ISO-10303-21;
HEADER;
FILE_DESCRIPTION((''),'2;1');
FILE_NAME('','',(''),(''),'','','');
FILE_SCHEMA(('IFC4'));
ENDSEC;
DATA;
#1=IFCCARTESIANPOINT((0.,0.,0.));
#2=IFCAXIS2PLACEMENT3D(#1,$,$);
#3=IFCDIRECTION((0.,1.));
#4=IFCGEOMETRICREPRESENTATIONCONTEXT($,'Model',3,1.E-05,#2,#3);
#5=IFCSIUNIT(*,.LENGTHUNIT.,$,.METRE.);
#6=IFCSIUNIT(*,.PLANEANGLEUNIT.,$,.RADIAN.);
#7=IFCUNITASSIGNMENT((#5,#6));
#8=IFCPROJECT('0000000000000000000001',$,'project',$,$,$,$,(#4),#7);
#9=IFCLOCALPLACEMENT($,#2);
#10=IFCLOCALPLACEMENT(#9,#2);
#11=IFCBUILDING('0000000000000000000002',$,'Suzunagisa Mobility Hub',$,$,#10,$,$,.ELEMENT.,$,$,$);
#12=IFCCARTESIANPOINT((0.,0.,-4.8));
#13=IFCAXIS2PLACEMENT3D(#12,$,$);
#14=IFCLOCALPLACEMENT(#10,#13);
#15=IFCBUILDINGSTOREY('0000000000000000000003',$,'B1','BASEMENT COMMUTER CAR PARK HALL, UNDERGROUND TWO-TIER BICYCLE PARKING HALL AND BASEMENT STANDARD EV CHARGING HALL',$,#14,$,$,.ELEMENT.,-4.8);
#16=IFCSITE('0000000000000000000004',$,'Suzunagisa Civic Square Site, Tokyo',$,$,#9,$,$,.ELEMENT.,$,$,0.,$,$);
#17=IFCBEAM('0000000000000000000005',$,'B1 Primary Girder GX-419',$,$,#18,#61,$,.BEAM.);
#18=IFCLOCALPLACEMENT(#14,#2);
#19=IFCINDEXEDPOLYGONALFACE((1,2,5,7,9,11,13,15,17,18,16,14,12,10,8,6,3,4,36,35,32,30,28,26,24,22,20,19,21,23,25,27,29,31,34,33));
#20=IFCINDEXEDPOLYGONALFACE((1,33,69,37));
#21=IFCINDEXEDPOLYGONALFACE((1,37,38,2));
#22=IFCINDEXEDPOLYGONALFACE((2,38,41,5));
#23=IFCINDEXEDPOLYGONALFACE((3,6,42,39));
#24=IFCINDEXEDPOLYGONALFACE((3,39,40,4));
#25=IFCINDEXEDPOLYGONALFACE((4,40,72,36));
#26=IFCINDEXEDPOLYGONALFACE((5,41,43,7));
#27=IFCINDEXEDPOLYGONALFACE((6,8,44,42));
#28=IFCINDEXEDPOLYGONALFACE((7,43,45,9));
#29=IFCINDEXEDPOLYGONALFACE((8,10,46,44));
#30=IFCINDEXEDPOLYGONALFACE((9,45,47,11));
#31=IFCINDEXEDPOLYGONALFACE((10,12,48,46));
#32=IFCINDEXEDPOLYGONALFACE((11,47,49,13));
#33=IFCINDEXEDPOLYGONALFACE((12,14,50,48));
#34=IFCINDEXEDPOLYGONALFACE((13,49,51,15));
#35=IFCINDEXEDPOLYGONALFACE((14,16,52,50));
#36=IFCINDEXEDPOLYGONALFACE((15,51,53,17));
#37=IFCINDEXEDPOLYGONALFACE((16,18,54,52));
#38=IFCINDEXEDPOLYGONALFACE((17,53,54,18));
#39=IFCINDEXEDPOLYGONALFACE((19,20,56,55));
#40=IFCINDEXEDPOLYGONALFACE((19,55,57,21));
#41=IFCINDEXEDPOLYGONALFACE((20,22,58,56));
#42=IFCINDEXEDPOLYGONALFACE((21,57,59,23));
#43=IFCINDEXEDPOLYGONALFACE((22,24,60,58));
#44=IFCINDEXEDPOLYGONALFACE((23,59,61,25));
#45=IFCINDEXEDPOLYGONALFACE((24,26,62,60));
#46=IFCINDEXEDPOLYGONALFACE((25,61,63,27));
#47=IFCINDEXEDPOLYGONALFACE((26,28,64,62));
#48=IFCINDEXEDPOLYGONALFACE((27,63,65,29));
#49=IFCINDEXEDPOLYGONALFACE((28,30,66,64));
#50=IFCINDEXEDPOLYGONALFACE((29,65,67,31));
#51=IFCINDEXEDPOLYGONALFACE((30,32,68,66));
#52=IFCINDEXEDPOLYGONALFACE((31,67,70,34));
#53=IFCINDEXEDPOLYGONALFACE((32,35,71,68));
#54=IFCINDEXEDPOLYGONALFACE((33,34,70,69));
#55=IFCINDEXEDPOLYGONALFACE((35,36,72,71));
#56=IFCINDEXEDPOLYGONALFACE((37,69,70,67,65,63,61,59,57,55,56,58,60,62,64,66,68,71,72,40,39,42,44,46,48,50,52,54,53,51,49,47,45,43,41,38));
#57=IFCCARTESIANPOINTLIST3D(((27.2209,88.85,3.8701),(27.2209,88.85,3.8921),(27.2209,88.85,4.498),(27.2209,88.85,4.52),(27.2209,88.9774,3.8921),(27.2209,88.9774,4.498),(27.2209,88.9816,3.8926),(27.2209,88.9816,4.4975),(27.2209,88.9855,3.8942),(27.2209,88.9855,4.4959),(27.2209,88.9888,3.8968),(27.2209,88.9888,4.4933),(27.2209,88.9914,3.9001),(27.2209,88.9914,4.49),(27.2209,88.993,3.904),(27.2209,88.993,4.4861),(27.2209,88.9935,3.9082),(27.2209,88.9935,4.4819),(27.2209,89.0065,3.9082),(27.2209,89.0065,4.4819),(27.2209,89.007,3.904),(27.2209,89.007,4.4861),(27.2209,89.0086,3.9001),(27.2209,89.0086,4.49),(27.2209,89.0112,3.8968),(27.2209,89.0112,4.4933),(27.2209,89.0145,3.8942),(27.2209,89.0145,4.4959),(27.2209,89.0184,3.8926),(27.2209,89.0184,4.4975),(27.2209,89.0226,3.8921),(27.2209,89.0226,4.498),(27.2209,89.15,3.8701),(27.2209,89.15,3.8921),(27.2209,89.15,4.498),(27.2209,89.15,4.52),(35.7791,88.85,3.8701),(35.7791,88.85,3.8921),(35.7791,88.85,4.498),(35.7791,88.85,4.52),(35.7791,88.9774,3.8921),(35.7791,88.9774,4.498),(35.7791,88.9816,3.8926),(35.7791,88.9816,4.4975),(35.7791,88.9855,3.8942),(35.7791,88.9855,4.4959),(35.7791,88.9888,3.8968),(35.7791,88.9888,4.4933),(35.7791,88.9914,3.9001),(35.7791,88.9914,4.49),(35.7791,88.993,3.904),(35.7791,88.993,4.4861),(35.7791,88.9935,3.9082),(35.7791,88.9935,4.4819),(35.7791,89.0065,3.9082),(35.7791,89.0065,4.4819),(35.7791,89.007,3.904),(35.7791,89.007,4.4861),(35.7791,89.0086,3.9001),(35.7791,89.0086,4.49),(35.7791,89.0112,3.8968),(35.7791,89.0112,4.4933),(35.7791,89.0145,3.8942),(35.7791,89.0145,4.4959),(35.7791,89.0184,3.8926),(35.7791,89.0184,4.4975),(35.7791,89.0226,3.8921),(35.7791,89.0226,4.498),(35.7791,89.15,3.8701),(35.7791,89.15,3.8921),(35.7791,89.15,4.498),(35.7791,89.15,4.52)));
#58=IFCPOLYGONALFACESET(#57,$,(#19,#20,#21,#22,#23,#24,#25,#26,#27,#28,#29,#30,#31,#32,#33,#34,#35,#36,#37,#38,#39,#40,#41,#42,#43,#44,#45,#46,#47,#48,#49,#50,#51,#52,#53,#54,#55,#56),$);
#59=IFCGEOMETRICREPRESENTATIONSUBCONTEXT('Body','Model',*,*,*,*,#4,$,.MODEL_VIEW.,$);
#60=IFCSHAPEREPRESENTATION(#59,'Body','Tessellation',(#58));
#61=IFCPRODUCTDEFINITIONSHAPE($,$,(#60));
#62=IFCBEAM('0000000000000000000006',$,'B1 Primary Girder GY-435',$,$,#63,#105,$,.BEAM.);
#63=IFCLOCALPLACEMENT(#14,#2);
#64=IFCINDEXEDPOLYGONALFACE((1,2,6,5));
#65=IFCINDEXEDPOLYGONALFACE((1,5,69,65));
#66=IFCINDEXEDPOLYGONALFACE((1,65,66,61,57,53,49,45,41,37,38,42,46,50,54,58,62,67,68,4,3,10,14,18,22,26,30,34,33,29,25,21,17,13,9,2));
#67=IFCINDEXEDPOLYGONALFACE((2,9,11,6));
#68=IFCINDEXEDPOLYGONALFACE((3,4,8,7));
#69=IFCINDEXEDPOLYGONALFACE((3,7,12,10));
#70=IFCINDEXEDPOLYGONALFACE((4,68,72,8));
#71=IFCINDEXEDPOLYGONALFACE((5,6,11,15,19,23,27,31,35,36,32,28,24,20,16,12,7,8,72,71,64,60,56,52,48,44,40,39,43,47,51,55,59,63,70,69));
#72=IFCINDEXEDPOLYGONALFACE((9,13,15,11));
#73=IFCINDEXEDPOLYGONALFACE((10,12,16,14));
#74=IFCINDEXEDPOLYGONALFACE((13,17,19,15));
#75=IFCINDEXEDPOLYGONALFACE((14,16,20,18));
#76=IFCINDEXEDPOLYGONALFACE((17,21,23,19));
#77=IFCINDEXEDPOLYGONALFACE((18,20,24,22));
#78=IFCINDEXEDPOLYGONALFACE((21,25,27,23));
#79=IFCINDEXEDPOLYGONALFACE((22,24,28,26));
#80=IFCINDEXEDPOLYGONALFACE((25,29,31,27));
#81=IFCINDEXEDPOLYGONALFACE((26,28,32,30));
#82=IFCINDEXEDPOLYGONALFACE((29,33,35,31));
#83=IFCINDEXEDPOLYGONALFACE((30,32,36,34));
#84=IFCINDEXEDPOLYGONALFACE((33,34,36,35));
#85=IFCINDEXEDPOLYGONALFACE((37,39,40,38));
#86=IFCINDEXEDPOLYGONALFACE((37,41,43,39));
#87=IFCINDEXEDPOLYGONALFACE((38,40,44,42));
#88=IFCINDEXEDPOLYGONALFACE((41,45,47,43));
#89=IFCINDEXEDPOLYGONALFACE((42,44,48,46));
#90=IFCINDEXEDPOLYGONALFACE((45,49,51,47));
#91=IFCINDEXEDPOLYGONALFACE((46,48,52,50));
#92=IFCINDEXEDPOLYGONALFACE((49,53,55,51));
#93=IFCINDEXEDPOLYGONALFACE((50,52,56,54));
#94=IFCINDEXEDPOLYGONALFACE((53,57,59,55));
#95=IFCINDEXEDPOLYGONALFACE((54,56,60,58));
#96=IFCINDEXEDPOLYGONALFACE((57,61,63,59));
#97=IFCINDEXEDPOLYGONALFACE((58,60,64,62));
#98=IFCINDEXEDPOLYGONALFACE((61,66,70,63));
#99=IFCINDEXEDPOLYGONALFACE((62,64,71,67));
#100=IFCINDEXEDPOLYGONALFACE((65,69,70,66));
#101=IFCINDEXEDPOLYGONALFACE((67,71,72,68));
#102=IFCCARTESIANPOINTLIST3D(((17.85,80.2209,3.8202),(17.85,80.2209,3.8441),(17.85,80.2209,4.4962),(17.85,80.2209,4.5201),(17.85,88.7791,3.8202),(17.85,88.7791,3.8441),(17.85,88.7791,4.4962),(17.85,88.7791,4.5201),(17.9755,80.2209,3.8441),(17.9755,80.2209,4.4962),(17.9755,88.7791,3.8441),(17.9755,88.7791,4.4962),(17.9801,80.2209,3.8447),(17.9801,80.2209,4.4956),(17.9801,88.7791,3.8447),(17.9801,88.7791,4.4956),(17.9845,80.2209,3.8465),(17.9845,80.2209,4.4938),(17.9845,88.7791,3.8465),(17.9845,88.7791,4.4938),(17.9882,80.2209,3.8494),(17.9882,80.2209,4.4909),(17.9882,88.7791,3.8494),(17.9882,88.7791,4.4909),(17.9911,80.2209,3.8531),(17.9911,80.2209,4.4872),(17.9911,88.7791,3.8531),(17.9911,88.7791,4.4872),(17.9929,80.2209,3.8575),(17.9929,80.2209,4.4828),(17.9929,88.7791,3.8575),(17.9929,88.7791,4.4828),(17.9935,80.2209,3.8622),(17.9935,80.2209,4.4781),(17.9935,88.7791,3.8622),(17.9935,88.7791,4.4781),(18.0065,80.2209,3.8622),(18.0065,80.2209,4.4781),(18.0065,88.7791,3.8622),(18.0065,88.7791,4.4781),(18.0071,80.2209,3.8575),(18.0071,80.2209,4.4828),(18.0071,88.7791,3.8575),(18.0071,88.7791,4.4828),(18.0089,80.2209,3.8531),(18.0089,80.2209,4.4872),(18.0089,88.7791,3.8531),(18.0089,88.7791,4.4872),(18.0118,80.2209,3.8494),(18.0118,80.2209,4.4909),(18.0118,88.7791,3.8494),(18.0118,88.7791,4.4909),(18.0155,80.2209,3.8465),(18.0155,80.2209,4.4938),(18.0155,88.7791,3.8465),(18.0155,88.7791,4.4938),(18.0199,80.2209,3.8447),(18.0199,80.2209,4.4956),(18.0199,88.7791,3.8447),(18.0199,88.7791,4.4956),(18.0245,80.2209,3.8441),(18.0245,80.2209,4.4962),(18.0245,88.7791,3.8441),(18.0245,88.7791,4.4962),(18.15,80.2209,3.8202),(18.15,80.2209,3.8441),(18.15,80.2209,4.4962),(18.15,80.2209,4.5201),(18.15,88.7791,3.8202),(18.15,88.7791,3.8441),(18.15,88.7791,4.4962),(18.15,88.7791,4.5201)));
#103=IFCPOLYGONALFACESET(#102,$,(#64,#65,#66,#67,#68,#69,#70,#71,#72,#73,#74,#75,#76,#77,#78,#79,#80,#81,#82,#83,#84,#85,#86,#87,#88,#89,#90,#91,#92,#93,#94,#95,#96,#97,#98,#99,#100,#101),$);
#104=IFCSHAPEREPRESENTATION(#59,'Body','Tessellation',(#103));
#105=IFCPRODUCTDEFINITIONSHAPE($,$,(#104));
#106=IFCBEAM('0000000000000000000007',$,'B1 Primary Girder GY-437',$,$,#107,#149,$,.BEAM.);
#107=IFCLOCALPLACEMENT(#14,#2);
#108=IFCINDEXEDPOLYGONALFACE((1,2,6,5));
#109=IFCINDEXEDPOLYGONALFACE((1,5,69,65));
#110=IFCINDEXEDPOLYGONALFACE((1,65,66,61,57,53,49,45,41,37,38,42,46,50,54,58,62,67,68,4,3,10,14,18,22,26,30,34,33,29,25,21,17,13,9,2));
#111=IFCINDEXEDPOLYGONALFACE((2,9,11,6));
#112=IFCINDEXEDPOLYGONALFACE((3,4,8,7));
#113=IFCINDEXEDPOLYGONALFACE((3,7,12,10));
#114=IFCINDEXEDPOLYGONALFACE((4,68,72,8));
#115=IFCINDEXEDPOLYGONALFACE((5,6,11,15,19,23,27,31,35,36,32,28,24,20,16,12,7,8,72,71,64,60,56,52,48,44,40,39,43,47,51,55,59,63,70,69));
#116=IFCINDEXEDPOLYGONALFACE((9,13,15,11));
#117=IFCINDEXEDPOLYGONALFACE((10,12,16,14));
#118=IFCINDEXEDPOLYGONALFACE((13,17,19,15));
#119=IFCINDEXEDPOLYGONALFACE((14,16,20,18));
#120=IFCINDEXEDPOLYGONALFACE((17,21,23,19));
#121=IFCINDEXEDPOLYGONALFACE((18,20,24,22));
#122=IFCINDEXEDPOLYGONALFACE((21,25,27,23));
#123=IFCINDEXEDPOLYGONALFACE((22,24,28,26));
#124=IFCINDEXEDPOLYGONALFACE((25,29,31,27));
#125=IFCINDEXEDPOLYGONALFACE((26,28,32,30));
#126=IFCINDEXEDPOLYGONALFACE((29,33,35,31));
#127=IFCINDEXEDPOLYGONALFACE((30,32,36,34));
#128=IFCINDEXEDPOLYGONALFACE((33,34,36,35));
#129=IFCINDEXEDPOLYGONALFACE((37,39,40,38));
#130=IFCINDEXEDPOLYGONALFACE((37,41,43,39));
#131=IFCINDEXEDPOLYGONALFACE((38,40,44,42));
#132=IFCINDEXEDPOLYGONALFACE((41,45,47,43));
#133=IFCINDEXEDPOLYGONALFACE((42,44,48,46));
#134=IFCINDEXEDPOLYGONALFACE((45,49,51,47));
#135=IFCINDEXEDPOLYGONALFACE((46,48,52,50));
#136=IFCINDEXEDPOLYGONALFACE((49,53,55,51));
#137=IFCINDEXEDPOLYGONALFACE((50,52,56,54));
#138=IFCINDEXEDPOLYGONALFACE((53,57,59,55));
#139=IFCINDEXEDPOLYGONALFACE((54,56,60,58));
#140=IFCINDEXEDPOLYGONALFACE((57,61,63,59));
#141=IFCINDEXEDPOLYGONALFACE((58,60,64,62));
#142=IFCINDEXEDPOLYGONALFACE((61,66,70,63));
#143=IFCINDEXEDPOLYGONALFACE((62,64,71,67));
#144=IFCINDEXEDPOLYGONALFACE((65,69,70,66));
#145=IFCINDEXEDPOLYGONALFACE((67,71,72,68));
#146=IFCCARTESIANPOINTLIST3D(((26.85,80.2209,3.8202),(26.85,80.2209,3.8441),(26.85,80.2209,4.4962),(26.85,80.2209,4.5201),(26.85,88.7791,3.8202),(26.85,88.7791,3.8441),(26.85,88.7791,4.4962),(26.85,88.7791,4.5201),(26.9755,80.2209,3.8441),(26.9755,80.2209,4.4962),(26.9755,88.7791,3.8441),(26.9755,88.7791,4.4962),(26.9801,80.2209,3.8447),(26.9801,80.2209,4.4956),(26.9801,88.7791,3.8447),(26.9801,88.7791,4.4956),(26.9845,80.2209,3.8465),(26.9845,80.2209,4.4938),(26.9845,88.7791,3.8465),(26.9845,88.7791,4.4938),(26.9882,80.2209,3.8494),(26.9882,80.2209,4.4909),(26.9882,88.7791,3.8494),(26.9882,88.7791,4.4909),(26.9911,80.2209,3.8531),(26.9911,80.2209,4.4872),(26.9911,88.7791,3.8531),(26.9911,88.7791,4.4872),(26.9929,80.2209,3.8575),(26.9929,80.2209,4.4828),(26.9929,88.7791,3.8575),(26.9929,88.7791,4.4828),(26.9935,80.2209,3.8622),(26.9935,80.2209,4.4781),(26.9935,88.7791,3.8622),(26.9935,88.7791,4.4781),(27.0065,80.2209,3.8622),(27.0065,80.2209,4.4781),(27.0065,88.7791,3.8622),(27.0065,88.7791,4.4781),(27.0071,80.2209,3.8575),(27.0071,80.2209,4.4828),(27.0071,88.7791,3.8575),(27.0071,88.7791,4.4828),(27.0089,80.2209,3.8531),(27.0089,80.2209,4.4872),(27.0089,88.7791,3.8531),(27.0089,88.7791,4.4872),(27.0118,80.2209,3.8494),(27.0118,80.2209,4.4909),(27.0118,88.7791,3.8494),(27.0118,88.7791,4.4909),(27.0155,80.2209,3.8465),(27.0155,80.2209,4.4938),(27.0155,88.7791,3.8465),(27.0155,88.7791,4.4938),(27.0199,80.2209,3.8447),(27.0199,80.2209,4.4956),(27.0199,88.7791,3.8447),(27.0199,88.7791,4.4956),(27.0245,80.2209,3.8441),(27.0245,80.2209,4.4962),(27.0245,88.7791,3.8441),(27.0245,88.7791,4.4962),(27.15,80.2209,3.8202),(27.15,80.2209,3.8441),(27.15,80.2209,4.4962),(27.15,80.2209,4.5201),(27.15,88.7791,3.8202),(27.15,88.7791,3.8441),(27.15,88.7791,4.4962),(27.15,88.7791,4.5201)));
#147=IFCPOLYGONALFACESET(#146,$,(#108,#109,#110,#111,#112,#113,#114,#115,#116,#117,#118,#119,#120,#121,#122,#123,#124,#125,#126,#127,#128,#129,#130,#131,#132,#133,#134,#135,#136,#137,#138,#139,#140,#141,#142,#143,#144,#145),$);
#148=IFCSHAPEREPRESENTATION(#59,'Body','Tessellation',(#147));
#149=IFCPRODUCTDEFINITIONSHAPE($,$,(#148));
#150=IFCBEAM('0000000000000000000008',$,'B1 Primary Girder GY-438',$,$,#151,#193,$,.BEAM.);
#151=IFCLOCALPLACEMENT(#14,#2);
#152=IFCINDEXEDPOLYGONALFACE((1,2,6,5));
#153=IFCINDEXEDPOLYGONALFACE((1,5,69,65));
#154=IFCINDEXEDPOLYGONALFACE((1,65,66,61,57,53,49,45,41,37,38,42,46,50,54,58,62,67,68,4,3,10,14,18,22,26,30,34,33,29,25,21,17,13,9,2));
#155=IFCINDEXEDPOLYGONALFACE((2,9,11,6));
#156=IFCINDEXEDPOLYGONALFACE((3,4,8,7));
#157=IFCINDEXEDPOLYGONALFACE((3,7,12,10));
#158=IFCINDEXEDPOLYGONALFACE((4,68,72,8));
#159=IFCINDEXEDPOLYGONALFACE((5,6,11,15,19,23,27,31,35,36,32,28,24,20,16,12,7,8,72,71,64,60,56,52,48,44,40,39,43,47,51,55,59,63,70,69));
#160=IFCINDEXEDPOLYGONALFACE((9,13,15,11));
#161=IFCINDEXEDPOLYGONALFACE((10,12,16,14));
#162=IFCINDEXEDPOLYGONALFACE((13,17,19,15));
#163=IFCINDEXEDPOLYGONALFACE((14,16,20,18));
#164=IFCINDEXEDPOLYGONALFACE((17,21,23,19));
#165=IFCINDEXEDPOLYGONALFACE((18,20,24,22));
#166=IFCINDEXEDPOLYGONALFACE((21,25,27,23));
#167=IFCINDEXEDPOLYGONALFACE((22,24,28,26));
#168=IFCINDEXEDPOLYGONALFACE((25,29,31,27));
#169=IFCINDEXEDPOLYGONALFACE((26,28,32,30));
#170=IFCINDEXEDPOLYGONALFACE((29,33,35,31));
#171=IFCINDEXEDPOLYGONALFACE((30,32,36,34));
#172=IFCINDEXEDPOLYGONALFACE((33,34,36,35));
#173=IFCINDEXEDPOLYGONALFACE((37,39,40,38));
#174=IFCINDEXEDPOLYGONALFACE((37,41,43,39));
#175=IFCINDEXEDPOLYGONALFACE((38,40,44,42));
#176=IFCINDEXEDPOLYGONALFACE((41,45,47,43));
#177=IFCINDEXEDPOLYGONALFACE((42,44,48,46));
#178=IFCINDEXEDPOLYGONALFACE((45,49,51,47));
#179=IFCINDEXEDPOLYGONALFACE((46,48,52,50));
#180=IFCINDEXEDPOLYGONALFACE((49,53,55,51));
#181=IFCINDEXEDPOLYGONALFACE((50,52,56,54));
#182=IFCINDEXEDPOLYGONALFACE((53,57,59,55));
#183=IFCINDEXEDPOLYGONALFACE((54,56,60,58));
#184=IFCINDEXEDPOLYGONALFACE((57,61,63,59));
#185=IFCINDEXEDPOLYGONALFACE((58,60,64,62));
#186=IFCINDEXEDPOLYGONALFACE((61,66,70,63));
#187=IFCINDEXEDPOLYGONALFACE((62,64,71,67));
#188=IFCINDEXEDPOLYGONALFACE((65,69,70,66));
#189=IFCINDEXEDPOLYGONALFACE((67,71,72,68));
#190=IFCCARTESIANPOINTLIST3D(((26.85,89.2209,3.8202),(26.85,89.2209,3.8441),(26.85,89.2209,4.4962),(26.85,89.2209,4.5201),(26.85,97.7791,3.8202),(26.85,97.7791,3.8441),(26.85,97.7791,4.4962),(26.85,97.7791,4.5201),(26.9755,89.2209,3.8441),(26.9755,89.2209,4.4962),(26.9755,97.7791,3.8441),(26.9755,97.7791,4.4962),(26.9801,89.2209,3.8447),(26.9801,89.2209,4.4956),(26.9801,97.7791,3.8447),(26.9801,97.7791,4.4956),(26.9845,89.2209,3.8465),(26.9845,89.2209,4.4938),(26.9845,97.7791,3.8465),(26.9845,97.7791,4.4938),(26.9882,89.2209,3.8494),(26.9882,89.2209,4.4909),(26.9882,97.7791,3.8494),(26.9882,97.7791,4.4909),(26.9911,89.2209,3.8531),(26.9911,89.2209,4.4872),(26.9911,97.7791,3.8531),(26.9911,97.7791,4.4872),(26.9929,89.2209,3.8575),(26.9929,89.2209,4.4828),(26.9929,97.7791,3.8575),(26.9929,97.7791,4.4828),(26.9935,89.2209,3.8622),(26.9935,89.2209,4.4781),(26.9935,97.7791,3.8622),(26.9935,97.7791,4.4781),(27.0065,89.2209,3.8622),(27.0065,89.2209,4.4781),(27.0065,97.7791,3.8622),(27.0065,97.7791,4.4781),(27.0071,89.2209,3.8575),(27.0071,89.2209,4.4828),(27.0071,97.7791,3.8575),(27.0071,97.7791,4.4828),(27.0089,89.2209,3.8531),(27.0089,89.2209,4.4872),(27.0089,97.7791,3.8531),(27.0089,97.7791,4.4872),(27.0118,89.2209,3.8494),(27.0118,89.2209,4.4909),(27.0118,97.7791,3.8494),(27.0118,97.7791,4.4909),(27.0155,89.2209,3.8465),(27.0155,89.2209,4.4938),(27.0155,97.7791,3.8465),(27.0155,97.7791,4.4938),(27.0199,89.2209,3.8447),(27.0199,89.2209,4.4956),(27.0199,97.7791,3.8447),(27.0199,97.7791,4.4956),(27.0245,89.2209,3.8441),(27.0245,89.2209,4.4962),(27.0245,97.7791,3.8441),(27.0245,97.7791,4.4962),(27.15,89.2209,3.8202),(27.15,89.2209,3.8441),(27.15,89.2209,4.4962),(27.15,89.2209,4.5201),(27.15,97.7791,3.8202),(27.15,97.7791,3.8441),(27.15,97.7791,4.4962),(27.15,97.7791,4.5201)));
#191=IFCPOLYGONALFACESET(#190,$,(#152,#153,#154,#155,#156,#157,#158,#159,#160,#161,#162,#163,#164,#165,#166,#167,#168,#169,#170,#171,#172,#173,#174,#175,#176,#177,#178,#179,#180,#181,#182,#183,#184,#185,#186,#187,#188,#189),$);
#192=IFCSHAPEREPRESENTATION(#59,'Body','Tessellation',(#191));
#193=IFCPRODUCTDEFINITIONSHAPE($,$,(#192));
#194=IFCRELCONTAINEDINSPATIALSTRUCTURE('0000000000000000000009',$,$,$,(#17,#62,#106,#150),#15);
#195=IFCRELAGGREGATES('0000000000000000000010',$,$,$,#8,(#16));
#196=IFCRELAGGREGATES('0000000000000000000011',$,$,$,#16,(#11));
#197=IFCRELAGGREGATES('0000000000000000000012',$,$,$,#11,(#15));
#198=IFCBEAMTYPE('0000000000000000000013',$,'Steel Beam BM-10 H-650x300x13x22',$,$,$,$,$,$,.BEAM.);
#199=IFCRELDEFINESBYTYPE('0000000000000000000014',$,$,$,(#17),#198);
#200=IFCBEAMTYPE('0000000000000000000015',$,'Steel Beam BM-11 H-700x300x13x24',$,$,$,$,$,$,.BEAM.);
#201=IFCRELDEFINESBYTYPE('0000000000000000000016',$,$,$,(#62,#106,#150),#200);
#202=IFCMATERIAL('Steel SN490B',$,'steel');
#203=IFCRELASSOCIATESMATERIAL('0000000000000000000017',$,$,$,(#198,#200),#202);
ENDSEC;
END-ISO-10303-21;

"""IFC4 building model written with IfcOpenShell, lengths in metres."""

from ifc_helpers import new_model, si_unit, direction, frame, origin, origin_2d, place, context, subcontext, project, spatial, i_section, extrude, material, material_profile, profile_set, type_object, element, save


model = new_model("IFC4")

# Units and contexts
model_context = context("Model", 3, precision=1e-05, world=origin(), true_north=direction((0.0, 1.0)))
body_context = subcontext(model_context, "Body", "Model", "MODEL_VIEW")
ifc_project = project(units=[si_unit("LENGTHUNIT", "METRE"), si_unit("PLANEANGLEUNIT", "RADIAN")], contexts=[model_context])

# Site, building, storey
site_placement = place(None, origin())
site = spatial("IfcSite", under=ifc_project, at=site_placement, Name="Suzunagisa Civic Square Site, Tokyo", CompositionType="ELEMENT", RefElevation=0.0)
building_placement = place(site_placement, origin())
building = spatial("IfcBuilding", under=site, at=building_placement, Name="Suzunagisa Mobility Hub", CompositionType="ELEMENT")
storey_placement = place(building_placement, frame((0.0, 0.0, -4.8)))
storey = spatial("IfcBuildingStorey", under=building, at=storey_placement, Name="B1", Description="BASEMENT COMMUTER CAR PARK HALL, UNDERGROUND TWO-TIER BICYCLE PARKING HALL AND BASEMENT STANDARD EV CHARGING HALL", CompositionType="ELEMENT", Elevation=-4.8)

# Shared definitions
ifc_material_1 = material(Name="Steel SN490B", Category="steel")

# Beams
ifc_material_profile_1 = material_profile(ifc_material_1, i_section(OverallWidth=0.3, OverallDepth=0.6499, WebThickness=0.0129, FlangeThickness=0.022, FilletRadius=0.0161, at=origin_2d()), Name="H-650x300x13x22")
ifc_profile_set_1 = profile_set([ifc_material_profile_1], Name="Steel SN490B")
beam_type_1 = type_object("IfcBeamType", Name="Steel Beam BM-10 H-650x300x13x22", PredefinedType="BEAM", material=ifc_profile_set_1)
for number, where, z_axis, x_axis, name in (
    (1, (27.2209, 89.0, 4.1951), (1.0, 0.0, 0.0), (0.0, 1.0, 0.0), "B1 Primary Girder GX-419"),
):
    element("IfcBeam", number, at=place(storey_placement, frame(where, z_axis=z_axis, x_axis=x_axis)), inside=storey, type_object=beam_type_1, Name=name, PredefinedType="BEAM", context=body_context, shape_type="SweptSolid", body=[
        extrude(i_section(OverallWidth=0.3, OverallDepth=0.6499, WebThickness=0.0129, FlangeThickness=0.022, FilletRadius=0.0161, at=origin_2d()), origin(), (0.0, 0.0, 1.0), 8.5581),
    ])
ifc_material_profile_2 = material_profile(ifc_material_1, i_section(OverallWidth=0.3, OverallDepth=0.7, WebThickness=0.0129, FlangeThickness=0.0239, FilletRadius=0.0181, at=origin_2d()), Name="H-700x300x13x24")
ifc_profile_set_2 = profile_set([ifc_material_profile_2], Name="Steel SN490B")
beam_type_2 = type_object("IfcBeamType", Name="Steel Beam BM-11 H-700x300x13x24", PredefinedType="BEAM", material=ifc_profile_set_2)
for number, where, z_axis, x_axis, name in (
    (2, (18.0, 80.2209, 4.1702), (0.0, 1.0, 0.0), (-1.0, 0.0, 0.0), "B1 Primary Girder GY-435"),
    (3, (27.0, 80.2209, 4.1702), (0.0, 1.0, 0.0), (-1.0, 0.0, 0.0), "B1 Primary Girder GY-437"),
    (4, (27.0, 89.2209, 4.1702), (0.0, 1.0, 0.0), (-1.0, 0.0, 0.0), "B1 Primary Girder GY-438"),
):
    element("IfcBeam", number, at=place(storey_placement, frame(where, z_axis=z_axis, x_axis=x_axis)), inside=storey, type_object=beam_type_2, Name=name, PredefinedType="BEAM", context=body_context, shape_type="SweptSolid", body=[
        extrude(i_section(OverallWidth=0.3, OverallDepth=0.7, WebThickness=0.0129, FlangeThickness=0.0239, FilletRadius=0.0181, at=origin_2d()), origin(), (0.0, 0.0, 1.0), 8.5581),
    ])

save(model, "model.ifc")
